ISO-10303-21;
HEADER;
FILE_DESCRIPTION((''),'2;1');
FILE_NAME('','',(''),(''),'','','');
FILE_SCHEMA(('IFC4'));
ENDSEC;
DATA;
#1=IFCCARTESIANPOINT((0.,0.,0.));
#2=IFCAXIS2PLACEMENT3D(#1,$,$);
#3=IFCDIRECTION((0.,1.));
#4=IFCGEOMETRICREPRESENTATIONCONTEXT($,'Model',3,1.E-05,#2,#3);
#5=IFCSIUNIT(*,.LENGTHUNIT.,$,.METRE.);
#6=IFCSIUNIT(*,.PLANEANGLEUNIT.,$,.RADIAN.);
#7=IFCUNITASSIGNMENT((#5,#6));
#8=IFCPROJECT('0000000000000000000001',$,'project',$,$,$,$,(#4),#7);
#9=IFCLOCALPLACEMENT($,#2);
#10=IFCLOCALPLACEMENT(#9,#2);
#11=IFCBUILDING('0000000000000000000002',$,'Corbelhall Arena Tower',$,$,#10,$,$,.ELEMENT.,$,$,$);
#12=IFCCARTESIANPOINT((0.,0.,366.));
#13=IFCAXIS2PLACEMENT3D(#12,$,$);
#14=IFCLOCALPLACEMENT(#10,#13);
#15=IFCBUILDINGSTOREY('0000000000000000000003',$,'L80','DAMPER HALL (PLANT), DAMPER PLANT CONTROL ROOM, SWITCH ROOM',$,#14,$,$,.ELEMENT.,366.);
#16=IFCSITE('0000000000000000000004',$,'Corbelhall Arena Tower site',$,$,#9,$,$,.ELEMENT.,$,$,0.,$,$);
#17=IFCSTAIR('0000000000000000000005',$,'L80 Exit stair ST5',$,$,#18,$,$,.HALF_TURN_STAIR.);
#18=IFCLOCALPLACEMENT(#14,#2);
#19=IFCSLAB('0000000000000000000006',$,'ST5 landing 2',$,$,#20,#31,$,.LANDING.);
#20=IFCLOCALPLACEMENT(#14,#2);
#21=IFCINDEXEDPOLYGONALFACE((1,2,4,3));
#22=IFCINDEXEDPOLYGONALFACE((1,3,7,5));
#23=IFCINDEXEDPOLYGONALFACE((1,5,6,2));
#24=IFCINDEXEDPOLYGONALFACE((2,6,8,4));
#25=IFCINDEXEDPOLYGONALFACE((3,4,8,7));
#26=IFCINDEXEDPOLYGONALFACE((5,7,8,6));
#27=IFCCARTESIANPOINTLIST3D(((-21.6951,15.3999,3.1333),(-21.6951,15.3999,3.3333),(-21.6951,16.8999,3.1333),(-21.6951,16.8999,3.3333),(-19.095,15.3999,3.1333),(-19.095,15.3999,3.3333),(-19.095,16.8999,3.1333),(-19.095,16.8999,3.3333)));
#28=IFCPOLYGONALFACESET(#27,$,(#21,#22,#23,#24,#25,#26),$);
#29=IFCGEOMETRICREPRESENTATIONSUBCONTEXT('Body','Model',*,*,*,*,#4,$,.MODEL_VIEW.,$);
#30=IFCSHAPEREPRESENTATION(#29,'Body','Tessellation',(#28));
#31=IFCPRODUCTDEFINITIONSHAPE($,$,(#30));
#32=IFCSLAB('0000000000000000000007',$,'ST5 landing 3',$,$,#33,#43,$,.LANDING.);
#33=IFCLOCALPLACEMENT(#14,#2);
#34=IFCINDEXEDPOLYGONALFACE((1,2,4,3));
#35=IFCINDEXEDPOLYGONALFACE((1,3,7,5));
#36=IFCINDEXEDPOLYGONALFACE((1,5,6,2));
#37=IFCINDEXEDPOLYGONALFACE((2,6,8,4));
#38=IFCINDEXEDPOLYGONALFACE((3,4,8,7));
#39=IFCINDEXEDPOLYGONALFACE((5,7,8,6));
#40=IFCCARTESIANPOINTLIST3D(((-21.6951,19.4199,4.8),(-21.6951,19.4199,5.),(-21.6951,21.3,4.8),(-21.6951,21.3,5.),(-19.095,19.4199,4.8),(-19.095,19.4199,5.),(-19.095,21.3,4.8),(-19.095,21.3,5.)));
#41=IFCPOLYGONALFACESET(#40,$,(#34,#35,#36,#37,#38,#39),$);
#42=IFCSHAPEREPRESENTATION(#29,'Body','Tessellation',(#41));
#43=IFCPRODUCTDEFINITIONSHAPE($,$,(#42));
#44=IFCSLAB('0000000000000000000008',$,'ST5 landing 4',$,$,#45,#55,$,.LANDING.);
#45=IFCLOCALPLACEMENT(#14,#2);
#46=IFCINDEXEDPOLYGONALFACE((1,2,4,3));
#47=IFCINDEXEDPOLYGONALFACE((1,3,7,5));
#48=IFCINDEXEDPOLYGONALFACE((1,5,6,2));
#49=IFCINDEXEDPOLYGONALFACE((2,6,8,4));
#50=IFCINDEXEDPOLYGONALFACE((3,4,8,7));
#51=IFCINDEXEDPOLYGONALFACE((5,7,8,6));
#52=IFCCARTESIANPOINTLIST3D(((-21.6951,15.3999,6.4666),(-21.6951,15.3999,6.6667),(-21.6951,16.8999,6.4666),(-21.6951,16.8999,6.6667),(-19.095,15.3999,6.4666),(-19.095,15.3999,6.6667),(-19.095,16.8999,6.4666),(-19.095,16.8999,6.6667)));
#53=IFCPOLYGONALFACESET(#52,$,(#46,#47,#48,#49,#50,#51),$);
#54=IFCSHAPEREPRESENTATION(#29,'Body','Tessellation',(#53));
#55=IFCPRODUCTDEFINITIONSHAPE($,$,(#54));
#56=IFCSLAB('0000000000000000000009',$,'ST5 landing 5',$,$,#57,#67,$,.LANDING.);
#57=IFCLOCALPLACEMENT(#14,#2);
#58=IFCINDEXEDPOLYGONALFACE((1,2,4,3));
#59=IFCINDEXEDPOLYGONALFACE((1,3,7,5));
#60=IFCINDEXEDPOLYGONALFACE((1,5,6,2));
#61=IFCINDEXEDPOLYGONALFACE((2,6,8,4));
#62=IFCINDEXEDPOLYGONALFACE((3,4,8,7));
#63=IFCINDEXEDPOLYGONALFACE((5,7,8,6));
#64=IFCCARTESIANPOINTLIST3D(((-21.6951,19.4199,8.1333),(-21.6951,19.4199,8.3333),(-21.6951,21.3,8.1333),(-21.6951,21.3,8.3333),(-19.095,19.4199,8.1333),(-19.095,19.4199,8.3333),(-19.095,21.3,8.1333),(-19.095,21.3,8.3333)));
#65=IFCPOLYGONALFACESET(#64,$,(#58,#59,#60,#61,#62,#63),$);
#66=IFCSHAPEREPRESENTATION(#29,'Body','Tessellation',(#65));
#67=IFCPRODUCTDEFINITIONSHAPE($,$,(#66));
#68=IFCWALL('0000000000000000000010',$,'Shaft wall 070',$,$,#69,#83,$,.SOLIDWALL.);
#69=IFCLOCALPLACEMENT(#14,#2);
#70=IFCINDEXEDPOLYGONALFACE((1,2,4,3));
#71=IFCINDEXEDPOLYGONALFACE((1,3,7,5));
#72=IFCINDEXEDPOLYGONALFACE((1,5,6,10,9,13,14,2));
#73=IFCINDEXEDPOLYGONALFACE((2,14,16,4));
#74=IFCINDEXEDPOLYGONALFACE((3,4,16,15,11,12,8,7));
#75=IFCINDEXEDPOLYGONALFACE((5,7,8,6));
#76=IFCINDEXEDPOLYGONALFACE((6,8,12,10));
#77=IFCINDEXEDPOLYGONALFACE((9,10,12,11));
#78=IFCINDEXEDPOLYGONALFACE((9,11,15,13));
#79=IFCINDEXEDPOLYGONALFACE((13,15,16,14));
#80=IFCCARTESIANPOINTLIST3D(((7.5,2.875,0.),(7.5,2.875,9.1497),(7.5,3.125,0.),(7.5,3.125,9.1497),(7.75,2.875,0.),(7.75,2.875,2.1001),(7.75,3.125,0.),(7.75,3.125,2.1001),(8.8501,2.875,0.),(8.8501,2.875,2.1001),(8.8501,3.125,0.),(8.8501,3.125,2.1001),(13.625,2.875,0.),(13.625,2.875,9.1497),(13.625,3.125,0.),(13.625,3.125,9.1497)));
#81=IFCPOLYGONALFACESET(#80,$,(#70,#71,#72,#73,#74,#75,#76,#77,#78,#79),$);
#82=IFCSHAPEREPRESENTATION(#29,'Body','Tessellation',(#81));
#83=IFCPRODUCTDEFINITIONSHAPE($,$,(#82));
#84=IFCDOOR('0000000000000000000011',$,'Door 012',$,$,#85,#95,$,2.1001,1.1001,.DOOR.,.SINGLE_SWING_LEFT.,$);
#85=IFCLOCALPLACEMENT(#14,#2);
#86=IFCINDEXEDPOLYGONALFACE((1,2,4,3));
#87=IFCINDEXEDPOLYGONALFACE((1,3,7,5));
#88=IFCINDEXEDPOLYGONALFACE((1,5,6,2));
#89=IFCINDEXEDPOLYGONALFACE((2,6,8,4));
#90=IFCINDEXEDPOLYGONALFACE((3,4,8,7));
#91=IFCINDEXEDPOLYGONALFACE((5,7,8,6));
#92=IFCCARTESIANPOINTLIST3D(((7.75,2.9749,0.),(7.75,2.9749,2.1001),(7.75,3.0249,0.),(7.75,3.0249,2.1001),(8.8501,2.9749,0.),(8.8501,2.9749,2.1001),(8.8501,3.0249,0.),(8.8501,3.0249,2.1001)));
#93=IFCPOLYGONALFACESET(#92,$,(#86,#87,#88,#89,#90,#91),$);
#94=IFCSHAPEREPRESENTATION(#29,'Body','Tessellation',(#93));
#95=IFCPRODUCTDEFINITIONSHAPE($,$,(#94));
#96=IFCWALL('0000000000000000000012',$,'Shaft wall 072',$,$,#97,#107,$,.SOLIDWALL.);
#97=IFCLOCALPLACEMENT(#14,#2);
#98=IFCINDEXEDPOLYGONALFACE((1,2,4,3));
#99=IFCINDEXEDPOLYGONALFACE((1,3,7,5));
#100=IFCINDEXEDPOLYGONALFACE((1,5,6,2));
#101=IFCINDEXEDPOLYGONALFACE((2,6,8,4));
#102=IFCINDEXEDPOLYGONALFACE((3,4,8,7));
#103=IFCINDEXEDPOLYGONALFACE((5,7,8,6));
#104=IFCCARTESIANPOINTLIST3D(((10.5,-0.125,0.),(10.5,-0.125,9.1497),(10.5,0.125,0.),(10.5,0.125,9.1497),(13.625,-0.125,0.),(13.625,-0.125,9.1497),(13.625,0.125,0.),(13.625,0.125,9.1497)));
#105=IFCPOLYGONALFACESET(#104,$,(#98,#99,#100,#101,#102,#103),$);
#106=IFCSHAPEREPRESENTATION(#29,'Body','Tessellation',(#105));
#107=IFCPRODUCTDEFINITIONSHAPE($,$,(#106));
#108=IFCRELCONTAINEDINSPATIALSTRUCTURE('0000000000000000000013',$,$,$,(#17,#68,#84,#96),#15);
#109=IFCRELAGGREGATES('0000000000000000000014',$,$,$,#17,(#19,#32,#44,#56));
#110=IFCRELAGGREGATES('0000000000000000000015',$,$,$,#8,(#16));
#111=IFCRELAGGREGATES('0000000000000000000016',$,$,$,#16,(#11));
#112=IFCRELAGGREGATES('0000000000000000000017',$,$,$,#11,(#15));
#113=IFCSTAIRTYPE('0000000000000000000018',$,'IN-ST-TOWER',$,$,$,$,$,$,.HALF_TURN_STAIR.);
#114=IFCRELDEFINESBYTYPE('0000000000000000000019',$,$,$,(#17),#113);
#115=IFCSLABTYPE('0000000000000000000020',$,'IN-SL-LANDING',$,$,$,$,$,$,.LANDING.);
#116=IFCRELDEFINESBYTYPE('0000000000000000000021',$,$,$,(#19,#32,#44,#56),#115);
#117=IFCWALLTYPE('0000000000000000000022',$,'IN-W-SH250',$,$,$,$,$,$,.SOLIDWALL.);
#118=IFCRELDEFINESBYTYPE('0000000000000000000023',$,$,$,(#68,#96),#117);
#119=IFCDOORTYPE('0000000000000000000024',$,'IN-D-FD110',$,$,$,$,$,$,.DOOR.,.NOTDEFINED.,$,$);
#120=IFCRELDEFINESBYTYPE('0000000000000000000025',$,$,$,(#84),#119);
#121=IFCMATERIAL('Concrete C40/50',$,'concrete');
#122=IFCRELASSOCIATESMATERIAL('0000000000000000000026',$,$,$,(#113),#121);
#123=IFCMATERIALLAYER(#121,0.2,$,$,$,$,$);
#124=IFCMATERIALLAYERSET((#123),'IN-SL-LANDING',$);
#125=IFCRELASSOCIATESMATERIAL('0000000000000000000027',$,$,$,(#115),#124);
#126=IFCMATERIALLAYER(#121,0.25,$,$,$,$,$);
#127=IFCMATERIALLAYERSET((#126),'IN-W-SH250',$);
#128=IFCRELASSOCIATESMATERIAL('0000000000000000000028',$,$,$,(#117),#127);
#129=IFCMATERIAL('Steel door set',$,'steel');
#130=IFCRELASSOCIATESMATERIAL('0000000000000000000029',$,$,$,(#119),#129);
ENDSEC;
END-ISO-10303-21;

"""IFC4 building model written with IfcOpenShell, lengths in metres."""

from ifc_helpers import new_model, si_unit, direction, frame, frame_2d, origin, place, context, subcontext, project, spatial, polyline, rectangle, outline, extrude, material, layer, layer_set, type_object, element, fill, aggregate, save


model = new_model("IFC4")

# Units and contexts
model_context = context("Model", 3, precision=1e-05, world=origin(), true_north=direction((0.0, 1.0)))
body_context = subcontext(model_context, "Body", "Model", "MODEL_VIEW")
ifc_project = project(units=[si_unit("LENGTHUNIT", "METRE"), si_unit("PLANEANGLEUNIT", "RADIAN")], contexts=[model_context])

# Site, building, storey
site_placement = place(None, origin())
site = spatial("IfcSite", under=ifc_project, at=site_placement, Name="Corbelhall Arena Tower site", CompositionType="ELEMENT", RefElevation=0.0)
building_placement = place(site_placement, origin())
building = spatial("IfcBuilding", under=site, at=building_placement, Name="Corbelhall Arena Tower", CompositionType="ELEMENT")
storey_placement = place(building_placement, frame((0.0, 0.0, 366.0)))
storey = spatial("IfcBuildingStorey", under=building, at=storey_placement, Name="L80", Description="DAMPER HALL (PLANT), DAMPER PLANT CONTROL ROOM, SWITCH ROOM", CompositionType="ELEMENT", Elevation=366.0)

# Shared definitions
ifc_material_1 = material(Name="Concrete C40/50", Category="concrete")
stair_type = type_object("IfcStairType", Name="IN-ST-TOWER", PredefinedType="HALF_TURN_STAIR", material=ifc_material_1)
ifc_layer_1 = layer(ifc_material_1, 0.2)
ifc_layer_set_1 = layer_set([ifc_layer_1], Name="IN-SL-LANDING")
slab_type = type_object("IfcSlabType", Name="IN-SL-LANDING", PredefinedType="LANDING", material=ifc_layer_set_1)

# Stair, slabs
stair_1_placement = place(storey_placement, origin())
stair_1 = element("IfcStair", 1, at=stair_1_placement, inside=storey, type_object=stair_type, Name="L80 Exit stair ST5", PredefinedType="HALF_TURN_STAIR")
slab_1_placement = place(storey_placement, frame((0.0, 0.0, 3.1333)))
slab_1 = element("IfcSlab", 2, at=slab_1_placement, type_object=slab_type, Name="ST5 landing 2", PredefinedType="LANDING", context=body_context, shape_type="SweptSolid", body=[
    extrude(outline(polyline([(-19.095, 15.3999), (-19.095, 16.8999), (-21.6951, 16.8999), (-21.6951, 15.3999), (-19.095, 15.3999)])), origin(), (0.0, 0.0, 1.0), 0.2),
])
slab_2_placement = place(storey_placement, frame((0.0, 0.0, 4.8)))
slab_2 = element("IfcSlab", 3, at=slab_2_placement, type_object=slab_type, Name="ST5 landing 3", PredefinedType="LANDING", context=body_context, shape_type="SweptSolid", body=[
    extrude(outline(polyline([(-19.095, 19.4199), (-19.095, 21.3), (-21.6951, 21.3), (-21.6951, 19.4199), (-19.095, 19.4199)])), origin(), (0.0, 0.0, 1.0), 0.2),
])
slab_3_placement = place(storey_placement, frame((0.0, 0.0, 6.4666)))
slab_3 = element("IfcSlab", 4, at=slab_3_placement, type_object=slab_type, Name="ST5 landing 4", PredefinedType="LANDING", context=body_context, shape_type="SweptSolid", body=[
    extrude(outline(polyline([(-19.095, 15.3999), (-19.095, 16.8999), (-21.6951, 16.8999), (-21.6951, 15.3999), (-19.095, 15.3999)])), origin(), (0.0, 0.0, 1.0), 0.2002),
])
slab_4_placement = place(storey_placement, frame((0.0, 0.0, 8.1333)))
slab_4 = element("IfcSlab", 5, at=slab_4_placement, type_object=slab_type, Name="ST5 landing 5", PredefinedType="LANDING", context=body_context, shape_type="SweptSolid", body=[
    extrude(outline(polyline([(-19.095, 19.4199), (-19.095, 21.3), (-21.6951, 21.3), (-21.6951, 19.4199), (-19.095, 19.4199)])), origin(), (0.0, 0.0, 1.0), 0.2),
])
aggregate(stair_1, [slab_1, slab_2, slab_3, slab_4])

# Wall, opening, door
ifc_layer_2 = layer(ifc_material_1, 0.25)
ifc_layer_set_2 = layer_set([ifc_layer_2], Name="IN-W-SH250")
wall_type = type_object("IfcWallType", Name="IN-W-SH250", PredefinedType="SOLIDWALL", material=ifc_layer_set_2)
wall_1_placement = place(storey_placement, frame((7.5, 3.0, 0.0), z_axis=(0.0, 0.0, 1.0), x_axis=(1.0, 0.0, 0.0)))
wall_1 = element("IfcWall", 6, at=wall_1_placement, inside=storey, type_object=wall_type, Name="Shaft wall 070", PredefinedType="SOLIDWALL", context=body_context, shape_type="SweptSolid", body=[
    extrude(rectangle(XDim=6.125, YDim=0.25, at=frame_2d((3.0625, 0.0))), origin(), (0.0, 0.0, 1.0), 9.1497),
])
opening_placement = place(wall_1_placement, frame((0.25, 0.0, 0.0)))
opening = element("IfcOpeningElement", 7, at=opening_placement, cuts=wall_1, PredefinedType="OPENING", context=body_context, shape_type="SweptSolid", body=[
    extrude(rectangle(XDim=1.1001, YDim=2.1001, at=frame_2d((0.55, 1.05))), frame((0.0, 0.125, 0.0), z_axis=(0.0, -1.0, 0.0), x_axis=(1.0, 0.0, 0.0)), (0.0, 0.0, 1.0), 0.25),
])
ifc_material_2 = material(Name="Steel door set", Category="steel")
door_type = type_object("IfcDoorType", Name="IN-D-FD110", OperationType="NOTDEFINED", PredefinedType="DOOR", material=ifc_material_2)
door_placement = place(opening_placement, origin())
door = element("IfcDoor", 8, at=door_placement, inside=storey, type_object=door_type, Name="Door 012", OperationType="SINGLE_SWING_LEFT", OverallHeight=2.1001, OverallWidth=1.1001, PredefinedType="DOOR", context=body_context, shape_type="SweptSolid", body=[
    extrude(rectangle(XDim=1.1001, YDim=2.1001, at=frame_2d((0.55, 1.05))), frame((0.0, 0.0249, 0.0), z_axis=(0.0, -1.0, 0.0), x_axis=(1.0, 0.0, 0.0)), (0.0, 0.0, 1.0), 0.05),
])
fill(opening, door)

# Wall
wall_2_placement = place(storey_placement, frame((10.5, 0.0, 0.0), z_axis=(0.0, 0.0, 1.0), x_axis=(1.0, 0.0, 0.0)))
element("IfcWall", 9, at=wall_2_placement, inside=storey, type_object=wall_type, Name="Shaft wall 072", PredefinedType="SOLIDWALL", context=body_context, shape_type="SweptSolid", body=[
    extrude(rectangle(XDim=3.125, YDim=0.25, at=frame_2d((1.5625, 0.0))), origin(), (0.0, 0.0, 1.0), 9.1497),
])

save(model, "model.ifc")
